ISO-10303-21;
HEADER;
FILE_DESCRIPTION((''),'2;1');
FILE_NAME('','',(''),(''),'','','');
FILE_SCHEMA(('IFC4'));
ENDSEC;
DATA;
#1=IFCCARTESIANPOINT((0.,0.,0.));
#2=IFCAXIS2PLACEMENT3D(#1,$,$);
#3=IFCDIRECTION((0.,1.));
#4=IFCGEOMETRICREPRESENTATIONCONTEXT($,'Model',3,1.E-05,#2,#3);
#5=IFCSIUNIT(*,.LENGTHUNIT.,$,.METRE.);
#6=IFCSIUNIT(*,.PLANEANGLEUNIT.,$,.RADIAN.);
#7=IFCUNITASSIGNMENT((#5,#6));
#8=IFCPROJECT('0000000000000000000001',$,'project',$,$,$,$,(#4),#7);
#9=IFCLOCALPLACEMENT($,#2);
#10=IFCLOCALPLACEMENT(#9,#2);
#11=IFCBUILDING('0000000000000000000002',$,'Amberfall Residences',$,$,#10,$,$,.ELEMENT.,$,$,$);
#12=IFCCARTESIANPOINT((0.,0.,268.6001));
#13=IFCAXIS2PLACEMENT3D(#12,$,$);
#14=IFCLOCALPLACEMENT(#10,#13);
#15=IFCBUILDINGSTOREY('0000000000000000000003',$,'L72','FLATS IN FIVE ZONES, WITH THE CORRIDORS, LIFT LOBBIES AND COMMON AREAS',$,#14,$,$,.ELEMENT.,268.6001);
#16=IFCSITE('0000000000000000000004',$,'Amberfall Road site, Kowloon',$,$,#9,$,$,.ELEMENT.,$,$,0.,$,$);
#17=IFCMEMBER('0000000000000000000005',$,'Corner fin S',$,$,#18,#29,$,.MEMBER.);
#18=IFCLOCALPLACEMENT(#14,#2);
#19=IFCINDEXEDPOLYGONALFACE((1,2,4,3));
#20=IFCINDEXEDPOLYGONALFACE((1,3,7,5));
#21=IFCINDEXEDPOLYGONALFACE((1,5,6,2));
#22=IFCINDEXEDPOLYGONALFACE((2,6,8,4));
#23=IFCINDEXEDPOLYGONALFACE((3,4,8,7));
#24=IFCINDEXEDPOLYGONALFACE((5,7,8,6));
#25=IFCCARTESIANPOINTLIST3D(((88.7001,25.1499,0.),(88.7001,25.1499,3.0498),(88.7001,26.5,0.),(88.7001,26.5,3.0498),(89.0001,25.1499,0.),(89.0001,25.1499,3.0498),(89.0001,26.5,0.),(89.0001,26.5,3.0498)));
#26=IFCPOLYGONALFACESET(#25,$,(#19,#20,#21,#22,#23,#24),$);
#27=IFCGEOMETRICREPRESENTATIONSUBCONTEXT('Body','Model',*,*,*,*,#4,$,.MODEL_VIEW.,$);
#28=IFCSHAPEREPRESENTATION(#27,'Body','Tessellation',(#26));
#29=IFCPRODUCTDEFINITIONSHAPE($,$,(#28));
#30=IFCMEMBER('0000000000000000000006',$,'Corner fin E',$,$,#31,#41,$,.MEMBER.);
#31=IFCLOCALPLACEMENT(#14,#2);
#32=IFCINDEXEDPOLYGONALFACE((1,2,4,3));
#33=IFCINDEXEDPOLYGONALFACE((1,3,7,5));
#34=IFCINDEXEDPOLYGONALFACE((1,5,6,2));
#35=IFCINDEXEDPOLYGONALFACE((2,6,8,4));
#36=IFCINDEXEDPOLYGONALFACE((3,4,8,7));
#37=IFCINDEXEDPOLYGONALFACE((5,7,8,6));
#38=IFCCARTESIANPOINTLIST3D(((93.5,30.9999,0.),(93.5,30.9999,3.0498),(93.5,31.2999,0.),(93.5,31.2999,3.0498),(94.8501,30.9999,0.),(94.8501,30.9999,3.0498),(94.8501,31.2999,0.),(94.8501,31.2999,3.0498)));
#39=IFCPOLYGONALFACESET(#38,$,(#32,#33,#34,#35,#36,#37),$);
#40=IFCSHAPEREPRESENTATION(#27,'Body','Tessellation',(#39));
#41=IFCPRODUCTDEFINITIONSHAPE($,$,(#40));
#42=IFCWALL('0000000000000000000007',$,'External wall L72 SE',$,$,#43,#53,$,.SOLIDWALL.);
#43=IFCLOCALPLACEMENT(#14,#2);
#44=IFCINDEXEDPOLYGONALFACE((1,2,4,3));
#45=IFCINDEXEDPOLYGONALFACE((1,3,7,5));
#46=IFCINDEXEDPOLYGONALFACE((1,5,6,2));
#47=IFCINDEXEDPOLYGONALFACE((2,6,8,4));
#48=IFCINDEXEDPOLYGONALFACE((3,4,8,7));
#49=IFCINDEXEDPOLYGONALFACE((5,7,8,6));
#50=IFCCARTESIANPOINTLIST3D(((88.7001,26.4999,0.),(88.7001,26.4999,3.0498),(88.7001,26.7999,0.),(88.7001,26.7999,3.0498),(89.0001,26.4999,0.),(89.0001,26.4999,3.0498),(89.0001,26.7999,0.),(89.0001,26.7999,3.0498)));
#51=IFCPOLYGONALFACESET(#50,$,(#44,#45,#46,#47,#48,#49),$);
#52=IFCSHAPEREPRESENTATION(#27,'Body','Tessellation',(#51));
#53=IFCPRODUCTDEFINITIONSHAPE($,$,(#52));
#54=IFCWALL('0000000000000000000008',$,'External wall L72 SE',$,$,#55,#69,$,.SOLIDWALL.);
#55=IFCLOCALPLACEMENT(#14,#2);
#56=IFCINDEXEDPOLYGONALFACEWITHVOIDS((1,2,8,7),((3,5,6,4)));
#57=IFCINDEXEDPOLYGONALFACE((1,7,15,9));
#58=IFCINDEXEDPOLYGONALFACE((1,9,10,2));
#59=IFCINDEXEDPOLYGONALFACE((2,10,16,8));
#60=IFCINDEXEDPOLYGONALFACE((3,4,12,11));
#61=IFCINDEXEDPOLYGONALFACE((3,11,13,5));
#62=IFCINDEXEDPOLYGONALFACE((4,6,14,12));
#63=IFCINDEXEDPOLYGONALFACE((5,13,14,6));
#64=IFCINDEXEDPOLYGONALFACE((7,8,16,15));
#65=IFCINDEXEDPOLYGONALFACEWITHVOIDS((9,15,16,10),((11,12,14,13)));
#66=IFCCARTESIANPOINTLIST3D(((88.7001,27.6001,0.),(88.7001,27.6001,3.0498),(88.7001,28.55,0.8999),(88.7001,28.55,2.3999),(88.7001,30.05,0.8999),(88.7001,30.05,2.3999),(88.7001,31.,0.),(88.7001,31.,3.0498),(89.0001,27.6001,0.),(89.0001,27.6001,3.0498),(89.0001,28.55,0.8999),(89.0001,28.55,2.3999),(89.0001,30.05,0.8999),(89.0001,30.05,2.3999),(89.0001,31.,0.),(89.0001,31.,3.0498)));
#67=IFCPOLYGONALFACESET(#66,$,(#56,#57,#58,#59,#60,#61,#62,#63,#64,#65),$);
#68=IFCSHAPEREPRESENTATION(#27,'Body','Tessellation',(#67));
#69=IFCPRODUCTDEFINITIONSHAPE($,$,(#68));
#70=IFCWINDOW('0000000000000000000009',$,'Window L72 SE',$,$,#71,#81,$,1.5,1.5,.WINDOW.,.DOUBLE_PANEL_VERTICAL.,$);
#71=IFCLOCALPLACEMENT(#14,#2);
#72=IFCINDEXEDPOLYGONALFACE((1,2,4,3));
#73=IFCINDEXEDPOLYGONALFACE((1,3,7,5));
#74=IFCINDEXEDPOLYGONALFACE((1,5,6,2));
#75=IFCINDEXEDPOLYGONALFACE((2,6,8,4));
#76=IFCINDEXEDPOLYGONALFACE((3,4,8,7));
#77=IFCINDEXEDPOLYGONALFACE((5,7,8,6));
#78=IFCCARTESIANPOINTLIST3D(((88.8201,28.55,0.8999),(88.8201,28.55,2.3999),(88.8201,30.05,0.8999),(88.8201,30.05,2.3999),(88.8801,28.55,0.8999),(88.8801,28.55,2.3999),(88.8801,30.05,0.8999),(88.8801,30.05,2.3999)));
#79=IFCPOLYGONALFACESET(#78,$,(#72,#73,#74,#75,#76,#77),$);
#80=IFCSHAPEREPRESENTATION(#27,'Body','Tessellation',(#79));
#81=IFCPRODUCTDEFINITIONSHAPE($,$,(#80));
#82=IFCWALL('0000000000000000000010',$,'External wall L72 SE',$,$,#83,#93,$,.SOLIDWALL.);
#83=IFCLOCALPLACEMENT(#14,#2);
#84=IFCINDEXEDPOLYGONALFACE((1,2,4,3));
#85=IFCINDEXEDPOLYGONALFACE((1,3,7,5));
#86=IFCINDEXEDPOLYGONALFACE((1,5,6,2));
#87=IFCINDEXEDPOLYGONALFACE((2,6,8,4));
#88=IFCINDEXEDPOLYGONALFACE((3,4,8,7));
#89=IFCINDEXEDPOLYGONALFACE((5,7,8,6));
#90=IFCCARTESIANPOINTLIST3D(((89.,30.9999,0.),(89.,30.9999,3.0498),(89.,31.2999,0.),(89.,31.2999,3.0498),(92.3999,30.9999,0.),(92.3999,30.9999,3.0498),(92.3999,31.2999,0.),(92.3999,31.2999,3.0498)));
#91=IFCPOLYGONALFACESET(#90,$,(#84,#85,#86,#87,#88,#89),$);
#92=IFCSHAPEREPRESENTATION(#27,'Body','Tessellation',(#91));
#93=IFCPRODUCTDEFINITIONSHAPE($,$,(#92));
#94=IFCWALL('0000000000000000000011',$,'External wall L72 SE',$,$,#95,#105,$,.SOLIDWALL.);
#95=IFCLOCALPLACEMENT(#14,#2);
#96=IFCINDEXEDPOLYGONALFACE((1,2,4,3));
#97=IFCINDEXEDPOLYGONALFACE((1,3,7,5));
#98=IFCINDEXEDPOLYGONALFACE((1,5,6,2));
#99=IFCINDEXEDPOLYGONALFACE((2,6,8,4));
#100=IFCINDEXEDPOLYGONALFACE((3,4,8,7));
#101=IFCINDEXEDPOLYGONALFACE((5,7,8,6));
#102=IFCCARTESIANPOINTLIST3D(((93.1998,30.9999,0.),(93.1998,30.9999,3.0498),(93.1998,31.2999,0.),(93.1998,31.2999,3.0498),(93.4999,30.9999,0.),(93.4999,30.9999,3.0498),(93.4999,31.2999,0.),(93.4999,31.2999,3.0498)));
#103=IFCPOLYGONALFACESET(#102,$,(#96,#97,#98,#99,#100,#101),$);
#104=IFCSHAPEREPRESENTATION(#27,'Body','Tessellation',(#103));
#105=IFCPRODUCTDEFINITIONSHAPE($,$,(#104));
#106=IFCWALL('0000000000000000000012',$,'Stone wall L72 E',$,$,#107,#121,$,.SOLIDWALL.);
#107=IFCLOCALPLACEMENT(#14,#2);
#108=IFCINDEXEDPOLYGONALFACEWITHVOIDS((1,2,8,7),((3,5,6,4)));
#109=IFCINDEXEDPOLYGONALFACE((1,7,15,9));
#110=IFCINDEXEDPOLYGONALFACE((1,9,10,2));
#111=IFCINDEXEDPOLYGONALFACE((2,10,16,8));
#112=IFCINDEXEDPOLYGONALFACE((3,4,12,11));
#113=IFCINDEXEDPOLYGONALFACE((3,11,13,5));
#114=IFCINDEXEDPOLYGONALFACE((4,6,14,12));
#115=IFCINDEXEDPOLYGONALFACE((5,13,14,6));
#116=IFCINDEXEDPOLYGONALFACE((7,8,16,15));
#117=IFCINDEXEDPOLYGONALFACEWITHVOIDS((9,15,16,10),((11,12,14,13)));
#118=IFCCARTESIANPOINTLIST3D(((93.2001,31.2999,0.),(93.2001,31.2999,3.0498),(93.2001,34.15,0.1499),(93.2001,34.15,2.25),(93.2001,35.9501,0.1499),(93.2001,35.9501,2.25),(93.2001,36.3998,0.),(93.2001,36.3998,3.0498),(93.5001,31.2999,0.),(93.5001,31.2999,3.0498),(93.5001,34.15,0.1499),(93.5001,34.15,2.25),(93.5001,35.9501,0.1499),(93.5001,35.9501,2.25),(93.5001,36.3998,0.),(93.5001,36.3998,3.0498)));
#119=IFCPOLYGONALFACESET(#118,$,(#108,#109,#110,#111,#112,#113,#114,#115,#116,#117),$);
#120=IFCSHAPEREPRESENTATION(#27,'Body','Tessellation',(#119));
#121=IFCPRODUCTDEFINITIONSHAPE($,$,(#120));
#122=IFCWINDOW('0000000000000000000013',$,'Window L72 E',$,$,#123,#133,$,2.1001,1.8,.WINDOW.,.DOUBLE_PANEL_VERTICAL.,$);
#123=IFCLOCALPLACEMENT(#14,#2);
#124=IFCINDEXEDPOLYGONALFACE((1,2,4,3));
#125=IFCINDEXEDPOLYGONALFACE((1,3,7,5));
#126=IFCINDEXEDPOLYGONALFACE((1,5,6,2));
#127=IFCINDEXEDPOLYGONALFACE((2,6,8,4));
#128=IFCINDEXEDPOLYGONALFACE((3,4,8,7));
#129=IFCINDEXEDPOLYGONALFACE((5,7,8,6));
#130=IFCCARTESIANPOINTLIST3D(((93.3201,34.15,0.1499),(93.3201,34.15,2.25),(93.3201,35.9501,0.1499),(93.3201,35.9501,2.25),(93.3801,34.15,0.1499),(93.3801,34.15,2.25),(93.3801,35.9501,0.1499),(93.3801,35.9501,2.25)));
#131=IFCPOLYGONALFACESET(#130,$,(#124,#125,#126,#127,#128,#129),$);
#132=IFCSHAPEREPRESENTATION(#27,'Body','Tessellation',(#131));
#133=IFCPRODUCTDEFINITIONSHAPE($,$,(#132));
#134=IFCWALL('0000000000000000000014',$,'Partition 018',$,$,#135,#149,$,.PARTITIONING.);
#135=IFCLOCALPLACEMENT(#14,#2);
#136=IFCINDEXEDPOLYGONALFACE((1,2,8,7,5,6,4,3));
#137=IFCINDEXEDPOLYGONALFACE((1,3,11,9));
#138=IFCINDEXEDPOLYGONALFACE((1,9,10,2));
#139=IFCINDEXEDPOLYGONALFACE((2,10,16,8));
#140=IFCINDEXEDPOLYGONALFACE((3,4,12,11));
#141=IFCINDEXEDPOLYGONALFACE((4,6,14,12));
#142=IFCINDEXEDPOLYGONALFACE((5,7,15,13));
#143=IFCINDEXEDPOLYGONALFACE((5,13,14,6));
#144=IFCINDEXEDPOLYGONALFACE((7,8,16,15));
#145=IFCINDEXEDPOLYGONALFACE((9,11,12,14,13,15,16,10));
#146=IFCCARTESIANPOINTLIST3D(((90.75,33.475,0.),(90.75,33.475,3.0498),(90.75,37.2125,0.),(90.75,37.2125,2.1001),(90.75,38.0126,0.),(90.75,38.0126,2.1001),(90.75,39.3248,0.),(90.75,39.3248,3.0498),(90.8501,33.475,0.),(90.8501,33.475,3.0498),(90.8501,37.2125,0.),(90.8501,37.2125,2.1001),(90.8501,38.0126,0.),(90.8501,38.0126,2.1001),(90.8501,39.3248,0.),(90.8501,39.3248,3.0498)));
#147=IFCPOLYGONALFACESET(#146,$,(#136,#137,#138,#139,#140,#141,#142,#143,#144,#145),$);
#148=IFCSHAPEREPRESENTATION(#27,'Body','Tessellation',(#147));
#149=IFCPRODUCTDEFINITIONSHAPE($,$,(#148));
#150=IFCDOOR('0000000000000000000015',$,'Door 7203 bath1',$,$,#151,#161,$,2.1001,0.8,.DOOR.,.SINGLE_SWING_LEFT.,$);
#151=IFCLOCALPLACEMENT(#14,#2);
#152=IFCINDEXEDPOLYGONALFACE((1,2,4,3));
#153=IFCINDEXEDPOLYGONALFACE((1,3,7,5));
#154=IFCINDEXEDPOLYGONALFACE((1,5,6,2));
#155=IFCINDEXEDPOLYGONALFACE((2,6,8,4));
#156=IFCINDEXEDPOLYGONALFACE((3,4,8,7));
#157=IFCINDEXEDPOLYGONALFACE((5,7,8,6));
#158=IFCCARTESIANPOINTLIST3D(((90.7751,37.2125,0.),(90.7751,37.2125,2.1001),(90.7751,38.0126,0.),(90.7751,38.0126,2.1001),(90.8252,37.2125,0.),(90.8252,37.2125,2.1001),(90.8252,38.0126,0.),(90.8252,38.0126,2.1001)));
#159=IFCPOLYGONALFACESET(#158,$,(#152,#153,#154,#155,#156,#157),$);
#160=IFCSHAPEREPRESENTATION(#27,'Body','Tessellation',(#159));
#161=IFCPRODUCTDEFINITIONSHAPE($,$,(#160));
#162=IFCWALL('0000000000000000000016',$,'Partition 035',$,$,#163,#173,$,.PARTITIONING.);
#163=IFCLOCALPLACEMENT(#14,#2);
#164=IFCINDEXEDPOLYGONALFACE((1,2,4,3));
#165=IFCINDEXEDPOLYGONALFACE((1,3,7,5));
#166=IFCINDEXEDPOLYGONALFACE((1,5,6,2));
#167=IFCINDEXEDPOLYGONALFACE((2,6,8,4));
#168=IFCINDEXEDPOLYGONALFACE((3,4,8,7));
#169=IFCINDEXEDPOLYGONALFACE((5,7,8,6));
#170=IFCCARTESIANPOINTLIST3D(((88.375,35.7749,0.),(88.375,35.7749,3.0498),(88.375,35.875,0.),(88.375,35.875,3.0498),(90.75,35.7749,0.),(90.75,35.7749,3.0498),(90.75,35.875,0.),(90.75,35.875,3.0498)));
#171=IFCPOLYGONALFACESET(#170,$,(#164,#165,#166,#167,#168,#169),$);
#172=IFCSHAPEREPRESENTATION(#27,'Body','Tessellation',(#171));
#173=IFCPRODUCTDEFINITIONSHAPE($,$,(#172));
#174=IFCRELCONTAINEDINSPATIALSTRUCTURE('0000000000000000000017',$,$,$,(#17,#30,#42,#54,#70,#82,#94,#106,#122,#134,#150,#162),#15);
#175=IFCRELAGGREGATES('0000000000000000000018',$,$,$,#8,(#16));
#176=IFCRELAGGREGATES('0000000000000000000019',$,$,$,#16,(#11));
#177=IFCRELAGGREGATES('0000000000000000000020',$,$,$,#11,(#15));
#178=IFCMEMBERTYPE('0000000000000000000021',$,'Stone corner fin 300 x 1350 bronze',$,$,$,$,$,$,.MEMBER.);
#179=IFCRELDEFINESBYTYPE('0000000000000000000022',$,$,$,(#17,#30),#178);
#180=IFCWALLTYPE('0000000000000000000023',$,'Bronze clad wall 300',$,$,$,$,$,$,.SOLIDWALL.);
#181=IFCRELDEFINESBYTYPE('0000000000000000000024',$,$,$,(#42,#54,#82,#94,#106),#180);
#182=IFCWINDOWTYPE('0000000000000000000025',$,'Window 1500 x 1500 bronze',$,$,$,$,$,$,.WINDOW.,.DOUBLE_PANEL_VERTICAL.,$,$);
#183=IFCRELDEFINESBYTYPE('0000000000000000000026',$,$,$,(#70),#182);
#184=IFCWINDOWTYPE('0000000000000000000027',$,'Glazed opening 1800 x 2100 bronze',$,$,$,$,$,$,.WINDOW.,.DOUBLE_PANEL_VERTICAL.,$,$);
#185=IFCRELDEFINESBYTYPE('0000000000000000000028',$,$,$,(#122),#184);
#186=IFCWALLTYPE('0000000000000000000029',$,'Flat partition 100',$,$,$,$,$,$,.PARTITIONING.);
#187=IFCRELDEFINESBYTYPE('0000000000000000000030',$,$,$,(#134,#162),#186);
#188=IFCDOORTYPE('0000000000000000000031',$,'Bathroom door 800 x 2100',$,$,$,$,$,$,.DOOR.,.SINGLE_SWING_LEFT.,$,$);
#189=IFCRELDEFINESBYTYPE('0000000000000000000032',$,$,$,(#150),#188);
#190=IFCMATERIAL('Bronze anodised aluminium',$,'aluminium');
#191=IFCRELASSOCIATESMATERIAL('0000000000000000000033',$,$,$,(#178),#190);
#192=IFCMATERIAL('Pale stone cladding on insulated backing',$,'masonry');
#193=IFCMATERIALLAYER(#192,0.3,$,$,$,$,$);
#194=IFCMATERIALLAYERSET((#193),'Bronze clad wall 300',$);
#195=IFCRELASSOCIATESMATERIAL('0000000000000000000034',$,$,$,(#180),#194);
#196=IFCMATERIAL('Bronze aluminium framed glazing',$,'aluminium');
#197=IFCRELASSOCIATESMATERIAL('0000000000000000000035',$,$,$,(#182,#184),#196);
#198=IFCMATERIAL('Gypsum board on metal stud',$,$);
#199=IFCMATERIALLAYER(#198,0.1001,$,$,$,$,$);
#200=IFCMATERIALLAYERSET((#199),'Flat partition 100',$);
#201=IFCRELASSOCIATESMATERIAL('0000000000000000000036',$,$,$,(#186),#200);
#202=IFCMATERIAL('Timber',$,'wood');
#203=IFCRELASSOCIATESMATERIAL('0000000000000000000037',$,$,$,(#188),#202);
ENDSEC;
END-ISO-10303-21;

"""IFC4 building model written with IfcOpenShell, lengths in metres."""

from ifc_helpers import new_model, si_unit, direction, frame, frame_2d, origin, origin_2d, place, context, subcontext, project, spatial, rectangle, extrude, material, layer, layer_set, material_profile, profile_set, type_object, element, fill, save


model = new_model("IFC4")

# Units and contexts
model_context = context("Model", 3, precision=1e-05, world=origin(), true_north=direction((0.0, 1.0)))
body_context = subcontext(model_context, "Body", "Model", "MODEL_VIEW")
ifc_project = project(units=[si_unit("LENGTHUNIT", "METRE"), si_unit("PLANEANGLEUNIT", "RADIAN")], contexts=[model_context])

# Site, building, storey
site_placement = place(None, origin())
site = spatial("IfcSite", under=ifc_project, at=site_placement, Name="Amberfall Road site, Kowloon", CompositionType="ELEMENT", RefElevation=0.0)
building_placement = place(site_placement, origin())
building = spatial("IfcBuilding", under=site, at=building_placement, Name="Amberfall Residences", CompositionType="ELEMENT")
storey_placement = place(building_placement, frame((0.0, 0.0, 268.6001)))
storey = spatial("IfcBuildingStorey", under=building, at=storey_placement, Name="L72", Description="FLATS IN FIVE ZONES, WITH THE CORRIDORS, LIFT LOBBIES AND COMMON AREAS", CompositionType="ELEMENT", Elevation=268.6001)

# Members
ifc_material_1 = material(Name="Bronze anodised aluminium", Category="aluminium")
ifc_material_profile_1 = material_profile(ifc_material_1, rectangle(XDim=1.3501, YDim=0.3, at=origin_2d()), Name="Stone corner fin 300 x 1350 bronze")
ifc_profile_set_1 = profile_set([ifc_material_profile_1], Name="Bronze anodised aluminium")
member_type = type_object("IfcMemberType", Name="Stone corner fin 300 x 1350 bronze", PredefinedType="MEMBER", material=ifc_profile_set_1)
for number, where, z_axis, x_axis, name in (
    (1, (88.8501, 25.825, 0.0), (0.0, 0.0, 1.0), (0.0, 1.0, 0.0), "Corner fin S"),
    (2, (94.175, 31.1499, 0.0), (0.0, 0.0, 1.0), (-1.0, 0.0, 0.0), "Corner fin E"),
):
    element("IfcMember", number, at=place(storey_placement, frame(where, z_axis=z_axis, x_axis=x_axis)), inside=storey, type_object=member_type, Name=name, PredefinedType="MEMBER", context=body_context, shape_type="SweptSolid", body=[
        extrude(rectangle(XDim=1.3501, YDim=0.3, at=origin_2d()), origin(), (0.0, 0.0, 1.0), 3.0498),
    ])

# Wall
ifc_material_2 = material(Name="Pale stone cladding on insulated backing", Category="masonry")
ifc_layer_1 = layer(ifc_material_2, 0.3)
ifc_layer_set_1 = layer_set([ifc_layer_1], Name="Bronze clad wall 300")
wall_type_1 = type_object("IfcWallType", Name="Bronze clad wall 300", PredefinedType="SOLIDWALL", material=ifc_layer_set_1)
wall_1_placement = place(storey_placement, frame((88.8501, 26.5, 0.0), z_axis=(0.0, 0.0, 1.0), x_axis=(0.0, 1.0, 0.0)))
element("IfcWall", 3, at=wall_1_placement, inside=storey, type_object=wall_type_1, Name="External wall L72 SE", PredefinedType="SOLIDWALL", context=body_context, shape_type="SweptSolid", body=[
    extrude(rectangle(XDim=0.3, YDim=0.3, at=frame_2d((0.1499, 0.0))), origin(), (0.0, 0.0, 1.0), 3.0498),
])

# Wall, opening, window
wall_2_placement = place(storey_placement, frame((88.8501, 27.6001, 0.0), z_axis=(0.0, 0.0, 1.0), x_axis=(0.0, 1.0, 0.0)))
wall_2 = element("IfcWall", 4, at=wall_2_placement, inside=storey, type_object=wall_type_1, Name="External wall L72 SE", PredefinedType="SOLIDWALL", context=body_context, shape_type="SweptSolid", body=[
    extrude(rectangle(XDim=3.3999, YDim=0.3, at=frame_2d((1.7, 0.0))), origin(), (0.0, 0.0, 1.0), 3.0498),
])
opening_1_placement = place(wall_2_placement, frame((0.95, 0.0, 0.8999)))
opening_1 = element("IfcOpeningElement", 5, at=opening_1_placement, cuts=wall_2, PredefinedType="OPENING", context=body_context, shape_type="SweptSolid", body=[
    extrude(rectangle(XDim=1.5, YDim=1.5, at=frame_2d((0.75, 0.75))), frame((0.0, 0.1599, 0.0), z_axis=(0.0, -1.0, 0.0), x_axis=(1.0, 0.0, 0.0)), (0.0, 0.0, 1.0), 0.3201),
])
ifc_material_3 = material(Name="Bronze aluminium framed glazing", Category="aluminium")
window_type_1 = type_object("IfcWindowType", Name="Window 1500 x 1500 bronze", PartitioningType="DOUBLE_PANEL_VERTICAL", PredefinedType="WINDOW", material=ifc_material_3)
window_1_placement = place(opening_1_placement, origin())
window_1 = element("IfcWindow", 6, at=window_1_placement, inside=storey, type_object=window_type_1, Name="Window L72 SE", OverallHeight=1.5, OverallWidth=1.5, PartitioningType="DOUBLE_PANEL_VERTICAL", PredefinedType="WINDOW", context=body_context, shape_type="SweptSolid", body=[
    extrude(rectangle(XDim=1.5, YDim=1.5, at=frame_2d((0.75, 0.75))), frame((0.0, 0.03, 0.0), z_axis=(0.0, -1.0, 0.0), x_axis=(1.0, 0.0, 0.0)), (0.0, 0.0, 1.0), 0.0601),
])
fill(opening_1, window_1)

# Walls
wall_3_placement = place(storey_placement, frame((89.0, 31.1499, 0.0), z_axis=(0.0, 0.0, 1.0), x_axis=(1.0, 0.0, 0.0)))
element("IfcWall", 7, at=wall_3_placement, inside=storey, type_object=wall_type_1, Name="External wall L72 SE", PredefinedType="SOLIDWALL", context=body_context, shape_type="SweptSolid", body=[
    extrude(rectangle(XDim=3.3999, YDim=0.3, at=frame_2d((1.7, 0.0))), origin(), (0.0, 0.0, 1.0), 3.0498),
])
wall_4_placement = place(storey_placement, frame((93.2, 31.1499, 0.0), z_axis=(0.0, 0.0, 1.0), x_axis=(1.0, 0.0, 0.0)))
element("IfcWall", 8, at=wall_4_placement, inside=storey, type_object=wall_type_1, Name="External wall L72 SE", PredefinedType="SOLIDWALL", context=body_context, shape_type="SweptSolid", body=[
    extrude(rectangle(XDim=0.3, YDim=0.3, at=frame_2d((0.1499, 0.0))), origin(), (0.0, 0.0, 1.0), 3.0498),
])

# Wall, opening, window
wall_5_placement = place(storey_placement, frame((93.3501, 31.3, 0.0), z_axis=(0.0, 0.0, 1.0), x_axis=(0.0, 1.0, 0.0)))
wall_5 = element("IfcWall", 9, at=wall_5_placement, inside=storey, type_object=wall_type_1, Name="Stone wall L72 E", PredefinedType="SOLIDWALL", context=body_context, shape_type="SweptSolid", body=[
    extrude(rectangle(XDim=5.0999, YDim=0.3, at=frame_2d((2.5498, 0.0))), origin(), (0.0, 0.0, 1.0), 3.0498),
])
opening_2_placement = place(wall_5_placement, frame((2.8501, 0.0, 0.1499)))
opening_2 = element("IfcOpeningElement", 10, at=opening_2_placement, cuts=wall_5, PredefinedType="OPENING", context=body_context, shape_type="SweptSolid", body=[
    extrude(rectangle(XDim=1.8, YDim=2.1001, at=frame_2d((0.8999, 1.05))), frame((0.0, 0.1599, 0.0), z_axis=(0.0, -1.0, 0.0), x_axis=(1.0, 0.0, 0.0)), (0.0, 0.0, 1.0), 0.3201),
])
window_type_2 = type_object("IfcWindowType", Name="Glazed opening 1800 x 2100 bronze", PartitioningType="DOUBLE_PANEL_VERTICAL", PredefinedType="WINDOW", material=ifc_material_3)
window_2_placement = place(opening_2_placement, origin())
window_2 = element("IfcWindow", 11, at=window_2_placement, inside=storey, type_object=window_type_2, Name="Window L72 E", OverallHeight=2.1001, OverallWidth=1.8, PartitioningType="DOUBLE_PANEL_VERTICAL", PredefinedType="WINDOW", context=body_context, shape_type="SweptSolid", body=[
    extrude(rectangle(XDim=1.8, YDim=2.1001, at=frame_2d((0.8999, 1.05))), frame((0.0, 0.03, 0.0), z_axis=(0.0, -1.0, 0.0), x_axis=(1.0, 0.0, 0.0)), (0.0, 0.0, 1.0), 0.0601),
])
fill(opening_2, window_2)

# Wall, opening, door
ifc_material_4 = material(Name="Gypsum board on metal stud")
ifc_layer_2 = layer(ifc_material_4, 0.1001)
ifc_layer_set_2 = layer_set([ifc_layer_2], Name="Flat partition 100")
wall_type_2 = type_object("IfcWallType", Name="Flat partition 100", PredefinedType="PARTITIONING", material=ifc_layer_set_2)
wall_6_placement = place(storey_placement, frame((90.8, 33.4751, 0.0), z_axis=(0.0, 0.0, 1.0), x_axis=(0.0, 1.0, 0.0)))
wall_6 = element("IfcWall", 12, at=wall_6_placement, inside=storey, type_object=wall_type_2, Name="Partition 018", PredefinedType="PARTITIONING", context=body_context, shape_type="SweptSolid", body=[
    extrude(rectangle(XDim=5.8499, YDim=0.1001, at=frame_2d((2.9248, 0.0))), origin(), (0.0, 0.0, 1.0), 3.0498),
])
opening_3_placement = place(wall_6_placement, frame((3.7375, 0.0, 0.0)))
opening_3 = element("IfcOpeningElement", 13, at=opening_3_placement, cuts=wall_6, PredefinedType="OPENING", context=body_context, shape_type="SweptSolid", body=[
    extrude(rectangle(XDim=0.8, YDim=2.1001, at=frame_2d((0.3999, 1.05))), frame((0.0, 0.0601, 0.0), z_axis=(0.0, -1.0, 0.0), x_axis=(1.0, 0.0, 0.0)), (0.0, 0.0, 1.0), 0.1201),
])
ifc_material_5 = material(Name="Timber", Category="wood")
door_type_1 = type_object("IfcDoorType", Name="Bathroom door 800 x 2100", OperationType="SINGLE_SWING_LEFT", PredefinedType="DOOR", material=ifc_material_5)
door_1_placement = place(opening_3_placement, origin())
door_1 = element("IfcDoor", 14, at=door_1_placement, inside=storey, type_object=door_type_1, Name="Door 7203 bath1", OperationType="SINGLE_SWING_LEFT", OverallHeight=2.1001, OverallWidth=0.8, PredefinedType="DOOR", context=body_context, shape_type="SweptSolid", body=[
    extrude(rectangle(XDim=0.8, YDim=2.1001, at=frame_2d((0.3999, 1.05))), frame((0.0, 0.0249, 0.0), z_axis=(0.0, -1.0, 0.0), x_axis=(1.0, 0.0, 0.0)), (0.0, 0.0, 1.0), 0.05),
])
fill(opening_3, door_1)

# Wall
wall_7_placement = place(storey_placement, frame((88.375, 35.825, 0.0), z_axis=(0.0, 0.0, 1.0), x_axis=(1.0, 0.0, 0.0)))
element("IfcWall", 15, at=wall_7_placement, inside=storey, type_object=wall_type_2, Name="Partition 035", PredefinedType="PARTITIONING", context=body_context, shape_type="SweptSolid", body=[
    extrude(rectangle(XDim=2.375, YDim=0.1001, at=frame_2d((1.1875, 0.0))), origin(), (0.0, 0.0, 1.0), 3.0498),
])

save(model, "model.ifc")
